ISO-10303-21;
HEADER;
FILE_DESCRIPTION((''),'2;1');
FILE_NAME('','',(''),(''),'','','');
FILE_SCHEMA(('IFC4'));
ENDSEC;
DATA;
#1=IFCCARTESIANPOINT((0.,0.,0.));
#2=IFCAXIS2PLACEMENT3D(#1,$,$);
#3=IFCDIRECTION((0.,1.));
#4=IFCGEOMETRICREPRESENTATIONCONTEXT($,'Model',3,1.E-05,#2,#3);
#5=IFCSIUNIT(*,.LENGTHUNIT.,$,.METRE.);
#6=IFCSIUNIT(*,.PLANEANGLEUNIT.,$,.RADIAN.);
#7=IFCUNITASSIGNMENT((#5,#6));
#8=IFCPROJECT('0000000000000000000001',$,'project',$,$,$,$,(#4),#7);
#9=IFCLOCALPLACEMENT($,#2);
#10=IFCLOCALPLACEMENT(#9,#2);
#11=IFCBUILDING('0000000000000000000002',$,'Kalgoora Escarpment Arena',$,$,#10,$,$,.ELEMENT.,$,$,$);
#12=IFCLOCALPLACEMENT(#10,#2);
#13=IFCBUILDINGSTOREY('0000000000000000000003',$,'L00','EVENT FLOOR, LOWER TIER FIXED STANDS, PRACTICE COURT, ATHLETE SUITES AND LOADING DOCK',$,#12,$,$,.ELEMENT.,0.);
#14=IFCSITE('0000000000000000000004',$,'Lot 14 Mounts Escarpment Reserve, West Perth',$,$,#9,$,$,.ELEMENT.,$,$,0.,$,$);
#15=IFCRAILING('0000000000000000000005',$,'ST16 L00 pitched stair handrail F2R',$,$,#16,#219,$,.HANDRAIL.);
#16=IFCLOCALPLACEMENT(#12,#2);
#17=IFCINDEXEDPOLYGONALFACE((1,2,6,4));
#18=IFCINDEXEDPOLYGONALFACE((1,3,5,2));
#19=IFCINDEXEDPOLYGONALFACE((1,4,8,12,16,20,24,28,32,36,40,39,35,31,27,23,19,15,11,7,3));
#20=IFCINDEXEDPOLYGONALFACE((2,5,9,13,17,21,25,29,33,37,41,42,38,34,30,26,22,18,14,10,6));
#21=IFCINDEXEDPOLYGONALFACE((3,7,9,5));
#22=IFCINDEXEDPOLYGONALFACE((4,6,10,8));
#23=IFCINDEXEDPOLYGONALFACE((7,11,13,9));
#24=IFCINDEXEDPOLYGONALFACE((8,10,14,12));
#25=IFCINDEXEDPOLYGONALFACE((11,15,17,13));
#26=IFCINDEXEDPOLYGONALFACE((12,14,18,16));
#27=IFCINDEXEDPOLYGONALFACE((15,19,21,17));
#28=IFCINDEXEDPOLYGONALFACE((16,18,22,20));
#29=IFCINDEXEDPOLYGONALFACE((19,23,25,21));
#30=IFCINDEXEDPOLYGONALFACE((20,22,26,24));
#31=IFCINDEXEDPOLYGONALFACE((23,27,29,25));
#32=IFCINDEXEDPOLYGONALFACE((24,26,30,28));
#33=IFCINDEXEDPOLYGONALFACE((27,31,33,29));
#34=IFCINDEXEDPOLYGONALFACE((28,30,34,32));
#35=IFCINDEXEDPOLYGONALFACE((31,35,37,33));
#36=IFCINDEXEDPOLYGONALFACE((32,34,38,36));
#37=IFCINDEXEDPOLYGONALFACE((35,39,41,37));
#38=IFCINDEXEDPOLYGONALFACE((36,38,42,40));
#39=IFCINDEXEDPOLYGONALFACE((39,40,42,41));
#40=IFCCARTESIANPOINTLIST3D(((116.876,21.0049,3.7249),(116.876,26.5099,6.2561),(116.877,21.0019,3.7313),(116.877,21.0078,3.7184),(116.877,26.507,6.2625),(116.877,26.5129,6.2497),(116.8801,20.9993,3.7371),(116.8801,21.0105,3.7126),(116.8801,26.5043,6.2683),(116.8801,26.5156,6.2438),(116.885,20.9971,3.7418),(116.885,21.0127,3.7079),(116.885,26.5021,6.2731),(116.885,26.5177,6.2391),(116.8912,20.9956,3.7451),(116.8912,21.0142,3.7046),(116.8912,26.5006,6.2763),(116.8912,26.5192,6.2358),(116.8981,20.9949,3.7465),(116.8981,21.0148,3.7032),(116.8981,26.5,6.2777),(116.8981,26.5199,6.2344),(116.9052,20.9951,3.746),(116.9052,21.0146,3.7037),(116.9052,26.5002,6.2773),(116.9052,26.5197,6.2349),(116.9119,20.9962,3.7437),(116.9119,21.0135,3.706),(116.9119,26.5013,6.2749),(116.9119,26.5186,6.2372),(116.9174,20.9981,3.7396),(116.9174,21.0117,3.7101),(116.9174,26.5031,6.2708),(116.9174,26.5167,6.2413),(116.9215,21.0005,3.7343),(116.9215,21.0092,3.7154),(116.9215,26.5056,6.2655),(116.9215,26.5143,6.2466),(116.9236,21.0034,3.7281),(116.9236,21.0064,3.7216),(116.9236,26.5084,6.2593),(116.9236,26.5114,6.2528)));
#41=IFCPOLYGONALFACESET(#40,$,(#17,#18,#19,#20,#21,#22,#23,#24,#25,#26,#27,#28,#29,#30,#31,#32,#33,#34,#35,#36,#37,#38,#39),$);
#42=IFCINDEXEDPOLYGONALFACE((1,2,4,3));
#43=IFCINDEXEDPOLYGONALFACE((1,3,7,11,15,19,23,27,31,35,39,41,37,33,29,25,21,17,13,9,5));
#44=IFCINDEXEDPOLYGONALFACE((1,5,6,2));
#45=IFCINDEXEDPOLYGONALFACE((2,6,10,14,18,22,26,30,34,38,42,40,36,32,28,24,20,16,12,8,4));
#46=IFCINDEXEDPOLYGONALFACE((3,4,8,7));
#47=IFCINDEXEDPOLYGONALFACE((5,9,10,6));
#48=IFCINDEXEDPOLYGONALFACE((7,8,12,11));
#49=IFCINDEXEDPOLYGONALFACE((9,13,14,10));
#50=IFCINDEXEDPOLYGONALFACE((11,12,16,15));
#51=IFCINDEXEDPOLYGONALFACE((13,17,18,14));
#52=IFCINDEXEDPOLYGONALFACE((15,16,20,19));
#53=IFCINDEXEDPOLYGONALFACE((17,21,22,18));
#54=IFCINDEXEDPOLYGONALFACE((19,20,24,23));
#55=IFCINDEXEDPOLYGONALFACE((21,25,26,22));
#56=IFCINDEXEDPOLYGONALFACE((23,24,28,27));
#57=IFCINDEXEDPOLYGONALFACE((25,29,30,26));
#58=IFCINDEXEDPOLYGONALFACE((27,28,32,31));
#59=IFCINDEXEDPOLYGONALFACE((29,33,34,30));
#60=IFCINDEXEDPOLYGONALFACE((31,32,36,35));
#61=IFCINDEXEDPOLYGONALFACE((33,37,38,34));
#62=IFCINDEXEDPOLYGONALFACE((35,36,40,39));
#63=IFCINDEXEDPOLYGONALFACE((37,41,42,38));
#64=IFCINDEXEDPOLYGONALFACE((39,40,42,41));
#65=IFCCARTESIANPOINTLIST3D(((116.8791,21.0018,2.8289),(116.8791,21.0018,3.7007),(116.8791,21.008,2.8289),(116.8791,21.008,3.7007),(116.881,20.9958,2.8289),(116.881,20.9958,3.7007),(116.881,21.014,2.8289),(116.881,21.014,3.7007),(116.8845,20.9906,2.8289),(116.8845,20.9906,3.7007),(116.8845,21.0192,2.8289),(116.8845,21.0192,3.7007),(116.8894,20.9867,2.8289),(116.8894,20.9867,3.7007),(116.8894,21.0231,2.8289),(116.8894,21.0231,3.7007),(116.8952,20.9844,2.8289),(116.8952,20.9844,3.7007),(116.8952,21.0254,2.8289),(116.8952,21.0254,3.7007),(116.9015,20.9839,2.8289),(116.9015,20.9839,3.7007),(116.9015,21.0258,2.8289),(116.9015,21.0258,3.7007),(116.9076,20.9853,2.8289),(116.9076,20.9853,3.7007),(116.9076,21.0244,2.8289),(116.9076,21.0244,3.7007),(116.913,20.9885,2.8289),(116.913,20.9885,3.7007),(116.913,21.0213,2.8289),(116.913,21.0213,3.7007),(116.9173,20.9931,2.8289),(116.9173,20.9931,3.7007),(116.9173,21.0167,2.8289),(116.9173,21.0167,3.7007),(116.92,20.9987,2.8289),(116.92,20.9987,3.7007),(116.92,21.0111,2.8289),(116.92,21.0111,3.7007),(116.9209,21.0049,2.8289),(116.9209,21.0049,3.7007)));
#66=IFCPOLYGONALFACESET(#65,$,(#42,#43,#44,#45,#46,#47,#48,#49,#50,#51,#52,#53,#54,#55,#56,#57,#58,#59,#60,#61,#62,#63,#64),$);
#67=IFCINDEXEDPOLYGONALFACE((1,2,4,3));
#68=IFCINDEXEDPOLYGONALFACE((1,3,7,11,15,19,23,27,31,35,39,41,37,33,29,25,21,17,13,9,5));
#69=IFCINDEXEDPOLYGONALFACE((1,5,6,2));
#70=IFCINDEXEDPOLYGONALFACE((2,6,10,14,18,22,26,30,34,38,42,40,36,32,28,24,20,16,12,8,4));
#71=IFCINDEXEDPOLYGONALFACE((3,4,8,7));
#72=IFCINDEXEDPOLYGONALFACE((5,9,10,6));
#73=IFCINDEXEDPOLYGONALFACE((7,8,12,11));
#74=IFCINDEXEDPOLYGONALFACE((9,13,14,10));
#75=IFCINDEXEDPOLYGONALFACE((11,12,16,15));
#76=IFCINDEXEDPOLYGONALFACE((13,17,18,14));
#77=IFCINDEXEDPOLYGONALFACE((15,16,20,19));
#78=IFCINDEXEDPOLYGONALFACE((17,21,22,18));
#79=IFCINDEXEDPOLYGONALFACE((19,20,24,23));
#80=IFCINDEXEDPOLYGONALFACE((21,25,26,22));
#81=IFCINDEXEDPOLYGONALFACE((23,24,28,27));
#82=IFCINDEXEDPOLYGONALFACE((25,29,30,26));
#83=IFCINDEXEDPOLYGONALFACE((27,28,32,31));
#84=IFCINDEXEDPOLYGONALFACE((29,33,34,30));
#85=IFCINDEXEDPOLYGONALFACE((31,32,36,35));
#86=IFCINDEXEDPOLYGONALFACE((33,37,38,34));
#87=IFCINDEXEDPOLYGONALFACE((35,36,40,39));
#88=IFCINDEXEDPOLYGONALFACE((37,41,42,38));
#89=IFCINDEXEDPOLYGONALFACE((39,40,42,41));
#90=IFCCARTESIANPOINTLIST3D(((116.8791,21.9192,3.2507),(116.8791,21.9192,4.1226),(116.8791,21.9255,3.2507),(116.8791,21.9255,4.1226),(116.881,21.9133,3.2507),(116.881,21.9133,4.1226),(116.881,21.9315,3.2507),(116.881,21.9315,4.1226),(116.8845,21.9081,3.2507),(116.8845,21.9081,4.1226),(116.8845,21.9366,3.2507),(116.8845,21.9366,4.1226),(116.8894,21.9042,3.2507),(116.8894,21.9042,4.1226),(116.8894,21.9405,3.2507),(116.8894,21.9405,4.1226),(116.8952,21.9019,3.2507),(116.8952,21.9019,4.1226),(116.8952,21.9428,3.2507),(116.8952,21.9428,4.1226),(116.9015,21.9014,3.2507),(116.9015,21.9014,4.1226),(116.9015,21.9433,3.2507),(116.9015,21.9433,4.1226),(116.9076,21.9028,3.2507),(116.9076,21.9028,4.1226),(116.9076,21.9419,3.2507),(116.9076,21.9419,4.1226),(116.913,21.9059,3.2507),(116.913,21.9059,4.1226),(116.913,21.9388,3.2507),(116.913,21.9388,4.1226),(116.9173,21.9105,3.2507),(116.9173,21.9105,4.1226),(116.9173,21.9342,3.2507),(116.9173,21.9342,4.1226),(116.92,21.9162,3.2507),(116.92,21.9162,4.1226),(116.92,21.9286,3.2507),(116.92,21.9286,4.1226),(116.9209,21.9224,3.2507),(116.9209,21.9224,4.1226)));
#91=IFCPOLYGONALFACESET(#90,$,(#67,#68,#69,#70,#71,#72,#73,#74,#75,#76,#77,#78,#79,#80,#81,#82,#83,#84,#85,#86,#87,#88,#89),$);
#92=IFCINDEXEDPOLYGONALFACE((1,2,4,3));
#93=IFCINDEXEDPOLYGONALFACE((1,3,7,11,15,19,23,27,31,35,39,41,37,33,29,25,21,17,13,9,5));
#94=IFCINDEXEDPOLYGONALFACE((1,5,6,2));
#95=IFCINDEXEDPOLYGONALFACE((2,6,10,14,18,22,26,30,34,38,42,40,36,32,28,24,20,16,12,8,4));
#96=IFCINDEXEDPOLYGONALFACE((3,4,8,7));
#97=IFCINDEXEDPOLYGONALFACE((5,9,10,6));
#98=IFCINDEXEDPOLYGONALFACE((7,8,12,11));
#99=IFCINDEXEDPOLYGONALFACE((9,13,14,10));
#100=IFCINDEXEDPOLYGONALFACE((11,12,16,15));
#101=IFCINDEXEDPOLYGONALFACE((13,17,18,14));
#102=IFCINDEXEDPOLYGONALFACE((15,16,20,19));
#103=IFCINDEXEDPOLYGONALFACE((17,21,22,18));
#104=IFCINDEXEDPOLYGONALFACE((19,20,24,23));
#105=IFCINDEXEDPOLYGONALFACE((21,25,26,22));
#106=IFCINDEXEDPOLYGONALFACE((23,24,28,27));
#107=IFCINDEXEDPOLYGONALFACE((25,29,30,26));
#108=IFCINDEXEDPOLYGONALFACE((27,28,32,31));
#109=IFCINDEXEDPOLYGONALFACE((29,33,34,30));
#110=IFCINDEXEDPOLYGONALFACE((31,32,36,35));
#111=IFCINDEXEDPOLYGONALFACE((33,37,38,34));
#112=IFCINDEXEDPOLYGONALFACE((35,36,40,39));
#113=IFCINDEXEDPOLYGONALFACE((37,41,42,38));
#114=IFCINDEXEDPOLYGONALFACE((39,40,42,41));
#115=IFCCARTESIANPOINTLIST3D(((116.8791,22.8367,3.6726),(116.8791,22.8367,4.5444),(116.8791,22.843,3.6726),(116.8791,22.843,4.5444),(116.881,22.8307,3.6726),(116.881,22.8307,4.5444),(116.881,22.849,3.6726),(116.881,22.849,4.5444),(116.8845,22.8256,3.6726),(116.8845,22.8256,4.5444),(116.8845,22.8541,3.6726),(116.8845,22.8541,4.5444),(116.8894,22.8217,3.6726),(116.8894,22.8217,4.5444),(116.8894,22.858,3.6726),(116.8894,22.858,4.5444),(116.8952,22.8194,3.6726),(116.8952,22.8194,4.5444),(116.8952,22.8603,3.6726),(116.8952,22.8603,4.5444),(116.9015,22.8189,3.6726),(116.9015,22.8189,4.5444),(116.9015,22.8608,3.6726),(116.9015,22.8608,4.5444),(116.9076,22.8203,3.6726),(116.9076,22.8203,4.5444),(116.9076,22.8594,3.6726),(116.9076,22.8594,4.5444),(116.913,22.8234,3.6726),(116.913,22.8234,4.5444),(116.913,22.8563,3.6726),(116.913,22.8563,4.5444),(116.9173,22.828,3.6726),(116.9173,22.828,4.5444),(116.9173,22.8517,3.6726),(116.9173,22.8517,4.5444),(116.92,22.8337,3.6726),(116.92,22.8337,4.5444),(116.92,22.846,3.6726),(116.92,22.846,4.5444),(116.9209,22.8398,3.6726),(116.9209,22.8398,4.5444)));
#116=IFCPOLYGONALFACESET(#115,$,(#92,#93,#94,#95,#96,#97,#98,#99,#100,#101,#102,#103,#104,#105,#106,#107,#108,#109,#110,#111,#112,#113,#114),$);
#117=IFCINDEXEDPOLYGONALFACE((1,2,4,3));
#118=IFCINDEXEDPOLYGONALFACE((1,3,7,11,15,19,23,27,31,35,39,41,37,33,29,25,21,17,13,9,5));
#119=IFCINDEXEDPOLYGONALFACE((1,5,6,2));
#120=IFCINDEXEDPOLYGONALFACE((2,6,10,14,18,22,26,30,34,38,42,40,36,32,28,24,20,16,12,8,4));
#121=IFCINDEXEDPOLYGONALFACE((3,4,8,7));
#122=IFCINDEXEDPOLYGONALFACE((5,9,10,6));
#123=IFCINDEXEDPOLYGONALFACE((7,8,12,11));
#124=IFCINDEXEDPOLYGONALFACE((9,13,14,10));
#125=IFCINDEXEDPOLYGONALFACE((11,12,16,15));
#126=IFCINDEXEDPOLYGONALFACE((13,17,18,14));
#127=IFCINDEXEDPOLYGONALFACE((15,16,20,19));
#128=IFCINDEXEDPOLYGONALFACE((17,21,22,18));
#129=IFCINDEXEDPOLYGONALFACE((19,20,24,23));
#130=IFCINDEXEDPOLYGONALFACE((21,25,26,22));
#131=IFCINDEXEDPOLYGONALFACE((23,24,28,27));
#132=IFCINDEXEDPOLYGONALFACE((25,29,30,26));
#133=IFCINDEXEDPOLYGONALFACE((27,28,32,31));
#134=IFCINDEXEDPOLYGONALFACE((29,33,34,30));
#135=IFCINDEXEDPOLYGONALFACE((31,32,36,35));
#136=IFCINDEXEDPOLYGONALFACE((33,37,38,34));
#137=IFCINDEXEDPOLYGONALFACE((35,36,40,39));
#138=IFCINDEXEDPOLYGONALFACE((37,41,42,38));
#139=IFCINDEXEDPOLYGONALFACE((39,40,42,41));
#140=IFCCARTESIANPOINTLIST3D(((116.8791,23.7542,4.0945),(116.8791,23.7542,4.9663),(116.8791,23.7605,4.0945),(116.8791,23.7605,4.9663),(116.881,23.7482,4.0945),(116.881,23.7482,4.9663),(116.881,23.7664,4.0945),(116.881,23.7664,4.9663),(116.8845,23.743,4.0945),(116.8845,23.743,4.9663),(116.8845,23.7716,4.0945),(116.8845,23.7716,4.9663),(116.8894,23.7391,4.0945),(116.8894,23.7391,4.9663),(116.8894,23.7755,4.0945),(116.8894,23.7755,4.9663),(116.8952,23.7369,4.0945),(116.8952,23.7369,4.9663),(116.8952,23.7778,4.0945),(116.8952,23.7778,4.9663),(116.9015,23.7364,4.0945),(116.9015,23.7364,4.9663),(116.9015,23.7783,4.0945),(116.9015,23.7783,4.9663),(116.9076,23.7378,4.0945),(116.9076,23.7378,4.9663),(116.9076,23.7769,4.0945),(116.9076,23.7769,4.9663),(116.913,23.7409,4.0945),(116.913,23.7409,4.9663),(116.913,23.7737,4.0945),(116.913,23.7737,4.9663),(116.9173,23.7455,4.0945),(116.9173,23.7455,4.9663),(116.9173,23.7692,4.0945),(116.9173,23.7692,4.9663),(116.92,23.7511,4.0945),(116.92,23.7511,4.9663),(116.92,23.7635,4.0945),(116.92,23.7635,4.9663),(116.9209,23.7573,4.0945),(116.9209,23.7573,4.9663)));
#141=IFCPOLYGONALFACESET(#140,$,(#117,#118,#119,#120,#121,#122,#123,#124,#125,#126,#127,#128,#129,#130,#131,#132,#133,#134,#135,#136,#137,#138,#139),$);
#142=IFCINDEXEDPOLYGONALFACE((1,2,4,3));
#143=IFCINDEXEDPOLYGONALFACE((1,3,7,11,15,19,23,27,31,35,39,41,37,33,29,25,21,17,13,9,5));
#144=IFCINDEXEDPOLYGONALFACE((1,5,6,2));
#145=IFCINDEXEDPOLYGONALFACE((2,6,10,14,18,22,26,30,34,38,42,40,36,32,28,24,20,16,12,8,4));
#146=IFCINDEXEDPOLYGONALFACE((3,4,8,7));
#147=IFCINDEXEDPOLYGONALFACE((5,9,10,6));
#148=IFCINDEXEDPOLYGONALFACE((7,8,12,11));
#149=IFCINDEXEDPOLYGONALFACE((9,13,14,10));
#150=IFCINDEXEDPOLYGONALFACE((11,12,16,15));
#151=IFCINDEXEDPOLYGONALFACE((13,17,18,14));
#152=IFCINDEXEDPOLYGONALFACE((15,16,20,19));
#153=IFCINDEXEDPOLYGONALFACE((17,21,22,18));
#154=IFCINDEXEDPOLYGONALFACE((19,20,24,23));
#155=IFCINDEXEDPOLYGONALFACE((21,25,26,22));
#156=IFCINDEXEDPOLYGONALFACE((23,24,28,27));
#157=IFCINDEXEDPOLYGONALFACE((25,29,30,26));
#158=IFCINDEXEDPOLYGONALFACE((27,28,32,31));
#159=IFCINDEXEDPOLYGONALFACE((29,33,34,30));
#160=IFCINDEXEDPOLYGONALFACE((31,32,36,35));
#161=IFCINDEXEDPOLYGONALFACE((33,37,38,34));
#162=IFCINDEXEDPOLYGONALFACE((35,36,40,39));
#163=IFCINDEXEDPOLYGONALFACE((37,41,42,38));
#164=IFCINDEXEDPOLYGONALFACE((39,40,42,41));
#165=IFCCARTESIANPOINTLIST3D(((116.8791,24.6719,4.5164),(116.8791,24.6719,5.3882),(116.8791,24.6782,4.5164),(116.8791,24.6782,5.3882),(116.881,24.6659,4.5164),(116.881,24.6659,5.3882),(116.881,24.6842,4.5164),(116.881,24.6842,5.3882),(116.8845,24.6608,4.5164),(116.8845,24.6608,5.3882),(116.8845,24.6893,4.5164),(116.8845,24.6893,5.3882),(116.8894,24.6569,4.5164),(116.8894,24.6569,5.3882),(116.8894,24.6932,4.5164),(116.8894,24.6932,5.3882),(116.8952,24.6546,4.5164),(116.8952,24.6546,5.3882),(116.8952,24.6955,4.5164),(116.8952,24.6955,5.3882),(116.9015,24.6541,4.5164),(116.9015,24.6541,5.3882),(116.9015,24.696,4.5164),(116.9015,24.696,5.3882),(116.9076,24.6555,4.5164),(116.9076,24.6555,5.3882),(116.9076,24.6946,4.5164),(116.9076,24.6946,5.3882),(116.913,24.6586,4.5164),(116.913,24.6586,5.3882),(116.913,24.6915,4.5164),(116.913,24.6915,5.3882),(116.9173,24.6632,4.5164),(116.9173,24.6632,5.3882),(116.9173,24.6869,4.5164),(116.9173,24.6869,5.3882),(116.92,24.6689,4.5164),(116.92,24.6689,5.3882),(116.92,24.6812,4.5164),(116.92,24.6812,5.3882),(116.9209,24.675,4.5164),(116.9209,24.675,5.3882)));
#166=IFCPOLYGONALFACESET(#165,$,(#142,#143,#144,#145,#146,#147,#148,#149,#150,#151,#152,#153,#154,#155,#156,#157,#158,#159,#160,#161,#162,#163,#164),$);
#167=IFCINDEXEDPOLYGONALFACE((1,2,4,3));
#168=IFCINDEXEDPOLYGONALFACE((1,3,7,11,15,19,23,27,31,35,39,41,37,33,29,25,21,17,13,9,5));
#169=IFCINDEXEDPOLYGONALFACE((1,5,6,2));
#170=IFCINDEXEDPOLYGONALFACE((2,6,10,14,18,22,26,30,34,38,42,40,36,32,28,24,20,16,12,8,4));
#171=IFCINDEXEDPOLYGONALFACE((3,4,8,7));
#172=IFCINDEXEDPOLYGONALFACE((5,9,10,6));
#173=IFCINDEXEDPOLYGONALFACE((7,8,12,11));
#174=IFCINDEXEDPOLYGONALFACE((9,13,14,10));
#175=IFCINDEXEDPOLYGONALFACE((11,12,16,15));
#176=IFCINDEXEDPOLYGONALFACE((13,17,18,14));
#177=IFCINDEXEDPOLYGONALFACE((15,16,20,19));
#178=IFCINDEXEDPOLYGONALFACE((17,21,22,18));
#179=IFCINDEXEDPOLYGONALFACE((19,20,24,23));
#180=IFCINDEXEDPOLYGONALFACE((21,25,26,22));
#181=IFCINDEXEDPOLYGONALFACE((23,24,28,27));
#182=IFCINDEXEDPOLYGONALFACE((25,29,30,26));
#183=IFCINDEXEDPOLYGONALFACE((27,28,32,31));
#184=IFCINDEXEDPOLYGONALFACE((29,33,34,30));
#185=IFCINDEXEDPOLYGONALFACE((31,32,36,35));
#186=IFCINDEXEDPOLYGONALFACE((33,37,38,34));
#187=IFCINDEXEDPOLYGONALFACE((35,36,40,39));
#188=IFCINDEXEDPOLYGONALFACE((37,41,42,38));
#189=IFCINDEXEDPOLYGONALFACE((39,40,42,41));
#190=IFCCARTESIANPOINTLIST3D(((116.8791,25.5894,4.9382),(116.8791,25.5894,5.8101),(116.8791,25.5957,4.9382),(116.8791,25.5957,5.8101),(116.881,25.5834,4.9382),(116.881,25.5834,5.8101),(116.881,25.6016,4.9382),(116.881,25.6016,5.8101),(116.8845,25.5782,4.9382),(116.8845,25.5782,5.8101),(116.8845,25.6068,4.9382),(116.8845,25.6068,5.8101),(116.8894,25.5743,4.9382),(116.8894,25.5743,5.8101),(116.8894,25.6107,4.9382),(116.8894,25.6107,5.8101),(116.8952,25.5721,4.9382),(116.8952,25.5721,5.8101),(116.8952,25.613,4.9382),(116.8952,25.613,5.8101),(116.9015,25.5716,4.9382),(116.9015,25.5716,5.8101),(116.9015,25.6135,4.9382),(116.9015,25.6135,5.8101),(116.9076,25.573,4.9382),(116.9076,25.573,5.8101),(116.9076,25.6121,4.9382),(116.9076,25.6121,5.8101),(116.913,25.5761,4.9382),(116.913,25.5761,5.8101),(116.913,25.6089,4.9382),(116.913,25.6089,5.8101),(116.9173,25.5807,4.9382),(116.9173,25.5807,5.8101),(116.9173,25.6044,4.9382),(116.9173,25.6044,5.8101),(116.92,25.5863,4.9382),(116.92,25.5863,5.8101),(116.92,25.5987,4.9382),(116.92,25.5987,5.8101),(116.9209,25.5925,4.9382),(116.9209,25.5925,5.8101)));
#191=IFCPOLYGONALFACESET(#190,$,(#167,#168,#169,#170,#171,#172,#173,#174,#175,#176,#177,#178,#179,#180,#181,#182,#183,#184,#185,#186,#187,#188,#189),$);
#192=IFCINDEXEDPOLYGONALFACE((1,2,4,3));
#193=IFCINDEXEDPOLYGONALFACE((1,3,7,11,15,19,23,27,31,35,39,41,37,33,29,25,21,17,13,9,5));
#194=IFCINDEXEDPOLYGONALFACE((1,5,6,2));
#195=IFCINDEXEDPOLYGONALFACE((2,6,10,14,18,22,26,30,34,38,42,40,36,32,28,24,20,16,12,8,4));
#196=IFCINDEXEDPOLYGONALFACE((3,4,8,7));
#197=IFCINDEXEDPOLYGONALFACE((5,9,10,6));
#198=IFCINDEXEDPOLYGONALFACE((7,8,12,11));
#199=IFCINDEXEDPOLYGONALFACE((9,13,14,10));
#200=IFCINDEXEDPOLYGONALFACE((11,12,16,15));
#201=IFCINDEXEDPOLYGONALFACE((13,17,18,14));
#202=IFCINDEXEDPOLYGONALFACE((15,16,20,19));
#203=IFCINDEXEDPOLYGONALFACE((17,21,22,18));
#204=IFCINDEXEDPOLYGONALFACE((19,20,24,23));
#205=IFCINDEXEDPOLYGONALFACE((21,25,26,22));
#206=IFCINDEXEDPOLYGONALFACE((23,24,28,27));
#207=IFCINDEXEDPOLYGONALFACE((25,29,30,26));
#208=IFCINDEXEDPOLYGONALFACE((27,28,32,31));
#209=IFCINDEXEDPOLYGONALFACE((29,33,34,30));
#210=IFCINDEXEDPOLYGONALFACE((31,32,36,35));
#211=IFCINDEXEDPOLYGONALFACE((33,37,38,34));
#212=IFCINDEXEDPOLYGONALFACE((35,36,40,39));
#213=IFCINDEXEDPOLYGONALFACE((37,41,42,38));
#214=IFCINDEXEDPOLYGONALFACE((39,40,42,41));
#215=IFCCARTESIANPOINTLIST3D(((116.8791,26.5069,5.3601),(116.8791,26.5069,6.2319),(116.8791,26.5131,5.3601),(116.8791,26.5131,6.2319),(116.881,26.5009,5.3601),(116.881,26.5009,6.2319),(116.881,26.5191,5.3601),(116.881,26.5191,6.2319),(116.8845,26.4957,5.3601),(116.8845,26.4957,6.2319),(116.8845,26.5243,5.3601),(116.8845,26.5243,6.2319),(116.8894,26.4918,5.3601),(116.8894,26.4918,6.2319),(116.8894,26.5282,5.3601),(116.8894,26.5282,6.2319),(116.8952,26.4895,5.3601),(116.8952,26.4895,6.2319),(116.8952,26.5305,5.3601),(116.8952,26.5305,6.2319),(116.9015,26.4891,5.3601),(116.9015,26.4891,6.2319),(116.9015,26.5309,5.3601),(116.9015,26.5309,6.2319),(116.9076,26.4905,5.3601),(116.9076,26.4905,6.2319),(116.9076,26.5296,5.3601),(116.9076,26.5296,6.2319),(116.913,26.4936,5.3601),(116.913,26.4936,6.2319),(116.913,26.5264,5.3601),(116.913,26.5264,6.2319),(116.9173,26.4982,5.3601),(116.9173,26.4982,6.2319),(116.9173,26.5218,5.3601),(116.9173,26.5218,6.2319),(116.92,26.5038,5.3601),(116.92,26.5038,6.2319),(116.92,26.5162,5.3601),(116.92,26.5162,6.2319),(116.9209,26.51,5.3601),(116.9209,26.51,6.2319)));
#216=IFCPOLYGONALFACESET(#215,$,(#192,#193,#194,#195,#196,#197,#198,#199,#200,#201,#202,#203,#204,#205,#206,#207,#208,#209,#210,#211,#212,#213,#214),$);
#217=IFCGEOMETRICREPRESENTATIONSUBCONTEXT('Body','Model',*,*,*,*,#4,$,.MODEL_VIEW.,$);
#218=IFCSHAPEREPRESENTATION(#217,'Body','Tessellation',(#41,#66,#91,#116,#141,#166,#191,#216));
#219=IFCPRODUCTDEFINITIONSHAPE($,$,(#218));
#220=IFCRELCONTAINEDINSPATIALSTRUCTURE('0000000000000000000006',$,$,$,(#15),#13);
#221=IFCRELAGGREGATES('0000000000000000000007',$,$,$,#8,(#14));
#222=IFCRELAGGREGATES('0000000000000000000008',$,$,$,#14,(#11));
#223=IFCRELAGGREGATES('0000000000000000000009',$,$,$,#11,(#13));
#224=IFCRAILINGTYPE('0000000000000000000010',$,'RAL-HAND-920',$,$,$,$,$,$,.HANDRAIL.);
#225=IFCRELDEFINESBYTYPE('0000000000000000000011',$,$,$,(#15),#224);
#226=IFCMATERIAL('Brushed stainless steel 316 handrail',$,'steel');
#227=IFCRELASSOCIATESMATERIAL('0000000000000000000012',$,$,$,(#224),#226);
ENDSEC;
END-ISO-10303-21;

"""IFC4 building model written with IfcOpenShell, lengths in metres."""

from ifc_helpers import new_model, si_unit, direction, frame, origin, origin_2d, place, context, subcontext, project, spatial, circle, extrude, material, type_object, element, save


model = new_model("IFC4")

# Units and contexts
model_context = context("Model", 3, precision=1e-05, world=origin(), true_north=direction((0.0, 1.0)))
body_context = subcontext(model_context, "Body", "Model", "MODEL_VIEW")
ifc_project = project(units=[si_unit("LENGTHUNIT", "METRE"), si_unit("PLANEANGLEUNIT", "RADIAN")], contexts=[model_context])

# Site, building, storey
site_placement = place(None, origin())
site = spatial("IfcSite", under=ifc_project, at=site_placement, Name="Lot 14 Mounts Escarpment Reserve, West Perth", CompositionType="ELEMENT", RefElevation=0.0)
building_placement = place(site_placement, origin())
building = spatial("IfcBuilding", under=site, at=building_placement, Name="Kalgoora Escarpment Arena", CompositionType="ELEMENT")
storey_placement = place(building_placement, origin())
storey = spatial("IfcBuildingStorey", under=building, at=storey_placement, Name="L00", Description="EVENT FLOOR, LOWER TIER FIXED STANDS, PRACTICE COURT, ATHLETE SUITES AND LOADING DOCK", CompositionType="ELEMENT", Elevation=0.0)

# Railing
ifc_material_1 = material(Name="Brushed stainless steel 316 handrail", Category="steel")
railing_type = type_object("IfcRailingType", Name="RAL-HAND-920", PredefinedType="HANDRAIL", material=ifc_material_1)
railing_1_placement = place(storey_placement, frame((116.8999, 21.0049, 2.8289)))
element("IfcRailing", 1, at=railing_1_placement, inside=storey, type_object=railing_type, Name="ST16 L00 pitched stair handrail F2R", PredefinedType="HANDRAIL", context=body_context, shape_type="SweptSolid", body=[
    extrude(circle(Radius=0.0239, at=origin_2d()), frame((0.0, 0.0, 0.896), z_axis=(0.0, 0.90856, 0.417755), x_axis=(-1.0, 0.0, 0.0)), (0.0, 0.0, 1.0), 6.0591),
    extrude(circle(Radius=0.021, at=origin_2d()), origin(), (0.0, 0.0, 1.0), 0.8718),
    extrude(circle(Radius=0.021, at=origin_2d()), frame((0.0, 0.9175, 0.4219)), (0.0, 0.0, 1.0), 0.8718),
    extrude(circle(Radius=0.021, at=origin_2d()), frame((0.0, 1.835, 0.8438)), (0.0, 0.0, 1.0), 0.8718),
    extrude(circle(Radius=0.021, at=origin_2d()), frame((0.0, 2.7524, 1.2656)), (0.0, 0.0, 1.0), 0.8718),
    extrude(circle(Radius=0.021, at=origin_2d()), frame((0.0, 3.6702, 1.6875)), (0.0, 0.0, 1.0), 0.8718),
    extrude(circle(Radius=0.021, at=origin_2d()), frame((0.0, 4.5876, 2.1094)), (0.0, 0.0, 1.0), 0.8718),
    extrude(circle(Radius=0.021, at=origin_2d()), frame((0.0, 5.5051, 2.5312)), (0.0, 0.0, 1.0), 0.8718),
])

save(model, "model.ifc")
